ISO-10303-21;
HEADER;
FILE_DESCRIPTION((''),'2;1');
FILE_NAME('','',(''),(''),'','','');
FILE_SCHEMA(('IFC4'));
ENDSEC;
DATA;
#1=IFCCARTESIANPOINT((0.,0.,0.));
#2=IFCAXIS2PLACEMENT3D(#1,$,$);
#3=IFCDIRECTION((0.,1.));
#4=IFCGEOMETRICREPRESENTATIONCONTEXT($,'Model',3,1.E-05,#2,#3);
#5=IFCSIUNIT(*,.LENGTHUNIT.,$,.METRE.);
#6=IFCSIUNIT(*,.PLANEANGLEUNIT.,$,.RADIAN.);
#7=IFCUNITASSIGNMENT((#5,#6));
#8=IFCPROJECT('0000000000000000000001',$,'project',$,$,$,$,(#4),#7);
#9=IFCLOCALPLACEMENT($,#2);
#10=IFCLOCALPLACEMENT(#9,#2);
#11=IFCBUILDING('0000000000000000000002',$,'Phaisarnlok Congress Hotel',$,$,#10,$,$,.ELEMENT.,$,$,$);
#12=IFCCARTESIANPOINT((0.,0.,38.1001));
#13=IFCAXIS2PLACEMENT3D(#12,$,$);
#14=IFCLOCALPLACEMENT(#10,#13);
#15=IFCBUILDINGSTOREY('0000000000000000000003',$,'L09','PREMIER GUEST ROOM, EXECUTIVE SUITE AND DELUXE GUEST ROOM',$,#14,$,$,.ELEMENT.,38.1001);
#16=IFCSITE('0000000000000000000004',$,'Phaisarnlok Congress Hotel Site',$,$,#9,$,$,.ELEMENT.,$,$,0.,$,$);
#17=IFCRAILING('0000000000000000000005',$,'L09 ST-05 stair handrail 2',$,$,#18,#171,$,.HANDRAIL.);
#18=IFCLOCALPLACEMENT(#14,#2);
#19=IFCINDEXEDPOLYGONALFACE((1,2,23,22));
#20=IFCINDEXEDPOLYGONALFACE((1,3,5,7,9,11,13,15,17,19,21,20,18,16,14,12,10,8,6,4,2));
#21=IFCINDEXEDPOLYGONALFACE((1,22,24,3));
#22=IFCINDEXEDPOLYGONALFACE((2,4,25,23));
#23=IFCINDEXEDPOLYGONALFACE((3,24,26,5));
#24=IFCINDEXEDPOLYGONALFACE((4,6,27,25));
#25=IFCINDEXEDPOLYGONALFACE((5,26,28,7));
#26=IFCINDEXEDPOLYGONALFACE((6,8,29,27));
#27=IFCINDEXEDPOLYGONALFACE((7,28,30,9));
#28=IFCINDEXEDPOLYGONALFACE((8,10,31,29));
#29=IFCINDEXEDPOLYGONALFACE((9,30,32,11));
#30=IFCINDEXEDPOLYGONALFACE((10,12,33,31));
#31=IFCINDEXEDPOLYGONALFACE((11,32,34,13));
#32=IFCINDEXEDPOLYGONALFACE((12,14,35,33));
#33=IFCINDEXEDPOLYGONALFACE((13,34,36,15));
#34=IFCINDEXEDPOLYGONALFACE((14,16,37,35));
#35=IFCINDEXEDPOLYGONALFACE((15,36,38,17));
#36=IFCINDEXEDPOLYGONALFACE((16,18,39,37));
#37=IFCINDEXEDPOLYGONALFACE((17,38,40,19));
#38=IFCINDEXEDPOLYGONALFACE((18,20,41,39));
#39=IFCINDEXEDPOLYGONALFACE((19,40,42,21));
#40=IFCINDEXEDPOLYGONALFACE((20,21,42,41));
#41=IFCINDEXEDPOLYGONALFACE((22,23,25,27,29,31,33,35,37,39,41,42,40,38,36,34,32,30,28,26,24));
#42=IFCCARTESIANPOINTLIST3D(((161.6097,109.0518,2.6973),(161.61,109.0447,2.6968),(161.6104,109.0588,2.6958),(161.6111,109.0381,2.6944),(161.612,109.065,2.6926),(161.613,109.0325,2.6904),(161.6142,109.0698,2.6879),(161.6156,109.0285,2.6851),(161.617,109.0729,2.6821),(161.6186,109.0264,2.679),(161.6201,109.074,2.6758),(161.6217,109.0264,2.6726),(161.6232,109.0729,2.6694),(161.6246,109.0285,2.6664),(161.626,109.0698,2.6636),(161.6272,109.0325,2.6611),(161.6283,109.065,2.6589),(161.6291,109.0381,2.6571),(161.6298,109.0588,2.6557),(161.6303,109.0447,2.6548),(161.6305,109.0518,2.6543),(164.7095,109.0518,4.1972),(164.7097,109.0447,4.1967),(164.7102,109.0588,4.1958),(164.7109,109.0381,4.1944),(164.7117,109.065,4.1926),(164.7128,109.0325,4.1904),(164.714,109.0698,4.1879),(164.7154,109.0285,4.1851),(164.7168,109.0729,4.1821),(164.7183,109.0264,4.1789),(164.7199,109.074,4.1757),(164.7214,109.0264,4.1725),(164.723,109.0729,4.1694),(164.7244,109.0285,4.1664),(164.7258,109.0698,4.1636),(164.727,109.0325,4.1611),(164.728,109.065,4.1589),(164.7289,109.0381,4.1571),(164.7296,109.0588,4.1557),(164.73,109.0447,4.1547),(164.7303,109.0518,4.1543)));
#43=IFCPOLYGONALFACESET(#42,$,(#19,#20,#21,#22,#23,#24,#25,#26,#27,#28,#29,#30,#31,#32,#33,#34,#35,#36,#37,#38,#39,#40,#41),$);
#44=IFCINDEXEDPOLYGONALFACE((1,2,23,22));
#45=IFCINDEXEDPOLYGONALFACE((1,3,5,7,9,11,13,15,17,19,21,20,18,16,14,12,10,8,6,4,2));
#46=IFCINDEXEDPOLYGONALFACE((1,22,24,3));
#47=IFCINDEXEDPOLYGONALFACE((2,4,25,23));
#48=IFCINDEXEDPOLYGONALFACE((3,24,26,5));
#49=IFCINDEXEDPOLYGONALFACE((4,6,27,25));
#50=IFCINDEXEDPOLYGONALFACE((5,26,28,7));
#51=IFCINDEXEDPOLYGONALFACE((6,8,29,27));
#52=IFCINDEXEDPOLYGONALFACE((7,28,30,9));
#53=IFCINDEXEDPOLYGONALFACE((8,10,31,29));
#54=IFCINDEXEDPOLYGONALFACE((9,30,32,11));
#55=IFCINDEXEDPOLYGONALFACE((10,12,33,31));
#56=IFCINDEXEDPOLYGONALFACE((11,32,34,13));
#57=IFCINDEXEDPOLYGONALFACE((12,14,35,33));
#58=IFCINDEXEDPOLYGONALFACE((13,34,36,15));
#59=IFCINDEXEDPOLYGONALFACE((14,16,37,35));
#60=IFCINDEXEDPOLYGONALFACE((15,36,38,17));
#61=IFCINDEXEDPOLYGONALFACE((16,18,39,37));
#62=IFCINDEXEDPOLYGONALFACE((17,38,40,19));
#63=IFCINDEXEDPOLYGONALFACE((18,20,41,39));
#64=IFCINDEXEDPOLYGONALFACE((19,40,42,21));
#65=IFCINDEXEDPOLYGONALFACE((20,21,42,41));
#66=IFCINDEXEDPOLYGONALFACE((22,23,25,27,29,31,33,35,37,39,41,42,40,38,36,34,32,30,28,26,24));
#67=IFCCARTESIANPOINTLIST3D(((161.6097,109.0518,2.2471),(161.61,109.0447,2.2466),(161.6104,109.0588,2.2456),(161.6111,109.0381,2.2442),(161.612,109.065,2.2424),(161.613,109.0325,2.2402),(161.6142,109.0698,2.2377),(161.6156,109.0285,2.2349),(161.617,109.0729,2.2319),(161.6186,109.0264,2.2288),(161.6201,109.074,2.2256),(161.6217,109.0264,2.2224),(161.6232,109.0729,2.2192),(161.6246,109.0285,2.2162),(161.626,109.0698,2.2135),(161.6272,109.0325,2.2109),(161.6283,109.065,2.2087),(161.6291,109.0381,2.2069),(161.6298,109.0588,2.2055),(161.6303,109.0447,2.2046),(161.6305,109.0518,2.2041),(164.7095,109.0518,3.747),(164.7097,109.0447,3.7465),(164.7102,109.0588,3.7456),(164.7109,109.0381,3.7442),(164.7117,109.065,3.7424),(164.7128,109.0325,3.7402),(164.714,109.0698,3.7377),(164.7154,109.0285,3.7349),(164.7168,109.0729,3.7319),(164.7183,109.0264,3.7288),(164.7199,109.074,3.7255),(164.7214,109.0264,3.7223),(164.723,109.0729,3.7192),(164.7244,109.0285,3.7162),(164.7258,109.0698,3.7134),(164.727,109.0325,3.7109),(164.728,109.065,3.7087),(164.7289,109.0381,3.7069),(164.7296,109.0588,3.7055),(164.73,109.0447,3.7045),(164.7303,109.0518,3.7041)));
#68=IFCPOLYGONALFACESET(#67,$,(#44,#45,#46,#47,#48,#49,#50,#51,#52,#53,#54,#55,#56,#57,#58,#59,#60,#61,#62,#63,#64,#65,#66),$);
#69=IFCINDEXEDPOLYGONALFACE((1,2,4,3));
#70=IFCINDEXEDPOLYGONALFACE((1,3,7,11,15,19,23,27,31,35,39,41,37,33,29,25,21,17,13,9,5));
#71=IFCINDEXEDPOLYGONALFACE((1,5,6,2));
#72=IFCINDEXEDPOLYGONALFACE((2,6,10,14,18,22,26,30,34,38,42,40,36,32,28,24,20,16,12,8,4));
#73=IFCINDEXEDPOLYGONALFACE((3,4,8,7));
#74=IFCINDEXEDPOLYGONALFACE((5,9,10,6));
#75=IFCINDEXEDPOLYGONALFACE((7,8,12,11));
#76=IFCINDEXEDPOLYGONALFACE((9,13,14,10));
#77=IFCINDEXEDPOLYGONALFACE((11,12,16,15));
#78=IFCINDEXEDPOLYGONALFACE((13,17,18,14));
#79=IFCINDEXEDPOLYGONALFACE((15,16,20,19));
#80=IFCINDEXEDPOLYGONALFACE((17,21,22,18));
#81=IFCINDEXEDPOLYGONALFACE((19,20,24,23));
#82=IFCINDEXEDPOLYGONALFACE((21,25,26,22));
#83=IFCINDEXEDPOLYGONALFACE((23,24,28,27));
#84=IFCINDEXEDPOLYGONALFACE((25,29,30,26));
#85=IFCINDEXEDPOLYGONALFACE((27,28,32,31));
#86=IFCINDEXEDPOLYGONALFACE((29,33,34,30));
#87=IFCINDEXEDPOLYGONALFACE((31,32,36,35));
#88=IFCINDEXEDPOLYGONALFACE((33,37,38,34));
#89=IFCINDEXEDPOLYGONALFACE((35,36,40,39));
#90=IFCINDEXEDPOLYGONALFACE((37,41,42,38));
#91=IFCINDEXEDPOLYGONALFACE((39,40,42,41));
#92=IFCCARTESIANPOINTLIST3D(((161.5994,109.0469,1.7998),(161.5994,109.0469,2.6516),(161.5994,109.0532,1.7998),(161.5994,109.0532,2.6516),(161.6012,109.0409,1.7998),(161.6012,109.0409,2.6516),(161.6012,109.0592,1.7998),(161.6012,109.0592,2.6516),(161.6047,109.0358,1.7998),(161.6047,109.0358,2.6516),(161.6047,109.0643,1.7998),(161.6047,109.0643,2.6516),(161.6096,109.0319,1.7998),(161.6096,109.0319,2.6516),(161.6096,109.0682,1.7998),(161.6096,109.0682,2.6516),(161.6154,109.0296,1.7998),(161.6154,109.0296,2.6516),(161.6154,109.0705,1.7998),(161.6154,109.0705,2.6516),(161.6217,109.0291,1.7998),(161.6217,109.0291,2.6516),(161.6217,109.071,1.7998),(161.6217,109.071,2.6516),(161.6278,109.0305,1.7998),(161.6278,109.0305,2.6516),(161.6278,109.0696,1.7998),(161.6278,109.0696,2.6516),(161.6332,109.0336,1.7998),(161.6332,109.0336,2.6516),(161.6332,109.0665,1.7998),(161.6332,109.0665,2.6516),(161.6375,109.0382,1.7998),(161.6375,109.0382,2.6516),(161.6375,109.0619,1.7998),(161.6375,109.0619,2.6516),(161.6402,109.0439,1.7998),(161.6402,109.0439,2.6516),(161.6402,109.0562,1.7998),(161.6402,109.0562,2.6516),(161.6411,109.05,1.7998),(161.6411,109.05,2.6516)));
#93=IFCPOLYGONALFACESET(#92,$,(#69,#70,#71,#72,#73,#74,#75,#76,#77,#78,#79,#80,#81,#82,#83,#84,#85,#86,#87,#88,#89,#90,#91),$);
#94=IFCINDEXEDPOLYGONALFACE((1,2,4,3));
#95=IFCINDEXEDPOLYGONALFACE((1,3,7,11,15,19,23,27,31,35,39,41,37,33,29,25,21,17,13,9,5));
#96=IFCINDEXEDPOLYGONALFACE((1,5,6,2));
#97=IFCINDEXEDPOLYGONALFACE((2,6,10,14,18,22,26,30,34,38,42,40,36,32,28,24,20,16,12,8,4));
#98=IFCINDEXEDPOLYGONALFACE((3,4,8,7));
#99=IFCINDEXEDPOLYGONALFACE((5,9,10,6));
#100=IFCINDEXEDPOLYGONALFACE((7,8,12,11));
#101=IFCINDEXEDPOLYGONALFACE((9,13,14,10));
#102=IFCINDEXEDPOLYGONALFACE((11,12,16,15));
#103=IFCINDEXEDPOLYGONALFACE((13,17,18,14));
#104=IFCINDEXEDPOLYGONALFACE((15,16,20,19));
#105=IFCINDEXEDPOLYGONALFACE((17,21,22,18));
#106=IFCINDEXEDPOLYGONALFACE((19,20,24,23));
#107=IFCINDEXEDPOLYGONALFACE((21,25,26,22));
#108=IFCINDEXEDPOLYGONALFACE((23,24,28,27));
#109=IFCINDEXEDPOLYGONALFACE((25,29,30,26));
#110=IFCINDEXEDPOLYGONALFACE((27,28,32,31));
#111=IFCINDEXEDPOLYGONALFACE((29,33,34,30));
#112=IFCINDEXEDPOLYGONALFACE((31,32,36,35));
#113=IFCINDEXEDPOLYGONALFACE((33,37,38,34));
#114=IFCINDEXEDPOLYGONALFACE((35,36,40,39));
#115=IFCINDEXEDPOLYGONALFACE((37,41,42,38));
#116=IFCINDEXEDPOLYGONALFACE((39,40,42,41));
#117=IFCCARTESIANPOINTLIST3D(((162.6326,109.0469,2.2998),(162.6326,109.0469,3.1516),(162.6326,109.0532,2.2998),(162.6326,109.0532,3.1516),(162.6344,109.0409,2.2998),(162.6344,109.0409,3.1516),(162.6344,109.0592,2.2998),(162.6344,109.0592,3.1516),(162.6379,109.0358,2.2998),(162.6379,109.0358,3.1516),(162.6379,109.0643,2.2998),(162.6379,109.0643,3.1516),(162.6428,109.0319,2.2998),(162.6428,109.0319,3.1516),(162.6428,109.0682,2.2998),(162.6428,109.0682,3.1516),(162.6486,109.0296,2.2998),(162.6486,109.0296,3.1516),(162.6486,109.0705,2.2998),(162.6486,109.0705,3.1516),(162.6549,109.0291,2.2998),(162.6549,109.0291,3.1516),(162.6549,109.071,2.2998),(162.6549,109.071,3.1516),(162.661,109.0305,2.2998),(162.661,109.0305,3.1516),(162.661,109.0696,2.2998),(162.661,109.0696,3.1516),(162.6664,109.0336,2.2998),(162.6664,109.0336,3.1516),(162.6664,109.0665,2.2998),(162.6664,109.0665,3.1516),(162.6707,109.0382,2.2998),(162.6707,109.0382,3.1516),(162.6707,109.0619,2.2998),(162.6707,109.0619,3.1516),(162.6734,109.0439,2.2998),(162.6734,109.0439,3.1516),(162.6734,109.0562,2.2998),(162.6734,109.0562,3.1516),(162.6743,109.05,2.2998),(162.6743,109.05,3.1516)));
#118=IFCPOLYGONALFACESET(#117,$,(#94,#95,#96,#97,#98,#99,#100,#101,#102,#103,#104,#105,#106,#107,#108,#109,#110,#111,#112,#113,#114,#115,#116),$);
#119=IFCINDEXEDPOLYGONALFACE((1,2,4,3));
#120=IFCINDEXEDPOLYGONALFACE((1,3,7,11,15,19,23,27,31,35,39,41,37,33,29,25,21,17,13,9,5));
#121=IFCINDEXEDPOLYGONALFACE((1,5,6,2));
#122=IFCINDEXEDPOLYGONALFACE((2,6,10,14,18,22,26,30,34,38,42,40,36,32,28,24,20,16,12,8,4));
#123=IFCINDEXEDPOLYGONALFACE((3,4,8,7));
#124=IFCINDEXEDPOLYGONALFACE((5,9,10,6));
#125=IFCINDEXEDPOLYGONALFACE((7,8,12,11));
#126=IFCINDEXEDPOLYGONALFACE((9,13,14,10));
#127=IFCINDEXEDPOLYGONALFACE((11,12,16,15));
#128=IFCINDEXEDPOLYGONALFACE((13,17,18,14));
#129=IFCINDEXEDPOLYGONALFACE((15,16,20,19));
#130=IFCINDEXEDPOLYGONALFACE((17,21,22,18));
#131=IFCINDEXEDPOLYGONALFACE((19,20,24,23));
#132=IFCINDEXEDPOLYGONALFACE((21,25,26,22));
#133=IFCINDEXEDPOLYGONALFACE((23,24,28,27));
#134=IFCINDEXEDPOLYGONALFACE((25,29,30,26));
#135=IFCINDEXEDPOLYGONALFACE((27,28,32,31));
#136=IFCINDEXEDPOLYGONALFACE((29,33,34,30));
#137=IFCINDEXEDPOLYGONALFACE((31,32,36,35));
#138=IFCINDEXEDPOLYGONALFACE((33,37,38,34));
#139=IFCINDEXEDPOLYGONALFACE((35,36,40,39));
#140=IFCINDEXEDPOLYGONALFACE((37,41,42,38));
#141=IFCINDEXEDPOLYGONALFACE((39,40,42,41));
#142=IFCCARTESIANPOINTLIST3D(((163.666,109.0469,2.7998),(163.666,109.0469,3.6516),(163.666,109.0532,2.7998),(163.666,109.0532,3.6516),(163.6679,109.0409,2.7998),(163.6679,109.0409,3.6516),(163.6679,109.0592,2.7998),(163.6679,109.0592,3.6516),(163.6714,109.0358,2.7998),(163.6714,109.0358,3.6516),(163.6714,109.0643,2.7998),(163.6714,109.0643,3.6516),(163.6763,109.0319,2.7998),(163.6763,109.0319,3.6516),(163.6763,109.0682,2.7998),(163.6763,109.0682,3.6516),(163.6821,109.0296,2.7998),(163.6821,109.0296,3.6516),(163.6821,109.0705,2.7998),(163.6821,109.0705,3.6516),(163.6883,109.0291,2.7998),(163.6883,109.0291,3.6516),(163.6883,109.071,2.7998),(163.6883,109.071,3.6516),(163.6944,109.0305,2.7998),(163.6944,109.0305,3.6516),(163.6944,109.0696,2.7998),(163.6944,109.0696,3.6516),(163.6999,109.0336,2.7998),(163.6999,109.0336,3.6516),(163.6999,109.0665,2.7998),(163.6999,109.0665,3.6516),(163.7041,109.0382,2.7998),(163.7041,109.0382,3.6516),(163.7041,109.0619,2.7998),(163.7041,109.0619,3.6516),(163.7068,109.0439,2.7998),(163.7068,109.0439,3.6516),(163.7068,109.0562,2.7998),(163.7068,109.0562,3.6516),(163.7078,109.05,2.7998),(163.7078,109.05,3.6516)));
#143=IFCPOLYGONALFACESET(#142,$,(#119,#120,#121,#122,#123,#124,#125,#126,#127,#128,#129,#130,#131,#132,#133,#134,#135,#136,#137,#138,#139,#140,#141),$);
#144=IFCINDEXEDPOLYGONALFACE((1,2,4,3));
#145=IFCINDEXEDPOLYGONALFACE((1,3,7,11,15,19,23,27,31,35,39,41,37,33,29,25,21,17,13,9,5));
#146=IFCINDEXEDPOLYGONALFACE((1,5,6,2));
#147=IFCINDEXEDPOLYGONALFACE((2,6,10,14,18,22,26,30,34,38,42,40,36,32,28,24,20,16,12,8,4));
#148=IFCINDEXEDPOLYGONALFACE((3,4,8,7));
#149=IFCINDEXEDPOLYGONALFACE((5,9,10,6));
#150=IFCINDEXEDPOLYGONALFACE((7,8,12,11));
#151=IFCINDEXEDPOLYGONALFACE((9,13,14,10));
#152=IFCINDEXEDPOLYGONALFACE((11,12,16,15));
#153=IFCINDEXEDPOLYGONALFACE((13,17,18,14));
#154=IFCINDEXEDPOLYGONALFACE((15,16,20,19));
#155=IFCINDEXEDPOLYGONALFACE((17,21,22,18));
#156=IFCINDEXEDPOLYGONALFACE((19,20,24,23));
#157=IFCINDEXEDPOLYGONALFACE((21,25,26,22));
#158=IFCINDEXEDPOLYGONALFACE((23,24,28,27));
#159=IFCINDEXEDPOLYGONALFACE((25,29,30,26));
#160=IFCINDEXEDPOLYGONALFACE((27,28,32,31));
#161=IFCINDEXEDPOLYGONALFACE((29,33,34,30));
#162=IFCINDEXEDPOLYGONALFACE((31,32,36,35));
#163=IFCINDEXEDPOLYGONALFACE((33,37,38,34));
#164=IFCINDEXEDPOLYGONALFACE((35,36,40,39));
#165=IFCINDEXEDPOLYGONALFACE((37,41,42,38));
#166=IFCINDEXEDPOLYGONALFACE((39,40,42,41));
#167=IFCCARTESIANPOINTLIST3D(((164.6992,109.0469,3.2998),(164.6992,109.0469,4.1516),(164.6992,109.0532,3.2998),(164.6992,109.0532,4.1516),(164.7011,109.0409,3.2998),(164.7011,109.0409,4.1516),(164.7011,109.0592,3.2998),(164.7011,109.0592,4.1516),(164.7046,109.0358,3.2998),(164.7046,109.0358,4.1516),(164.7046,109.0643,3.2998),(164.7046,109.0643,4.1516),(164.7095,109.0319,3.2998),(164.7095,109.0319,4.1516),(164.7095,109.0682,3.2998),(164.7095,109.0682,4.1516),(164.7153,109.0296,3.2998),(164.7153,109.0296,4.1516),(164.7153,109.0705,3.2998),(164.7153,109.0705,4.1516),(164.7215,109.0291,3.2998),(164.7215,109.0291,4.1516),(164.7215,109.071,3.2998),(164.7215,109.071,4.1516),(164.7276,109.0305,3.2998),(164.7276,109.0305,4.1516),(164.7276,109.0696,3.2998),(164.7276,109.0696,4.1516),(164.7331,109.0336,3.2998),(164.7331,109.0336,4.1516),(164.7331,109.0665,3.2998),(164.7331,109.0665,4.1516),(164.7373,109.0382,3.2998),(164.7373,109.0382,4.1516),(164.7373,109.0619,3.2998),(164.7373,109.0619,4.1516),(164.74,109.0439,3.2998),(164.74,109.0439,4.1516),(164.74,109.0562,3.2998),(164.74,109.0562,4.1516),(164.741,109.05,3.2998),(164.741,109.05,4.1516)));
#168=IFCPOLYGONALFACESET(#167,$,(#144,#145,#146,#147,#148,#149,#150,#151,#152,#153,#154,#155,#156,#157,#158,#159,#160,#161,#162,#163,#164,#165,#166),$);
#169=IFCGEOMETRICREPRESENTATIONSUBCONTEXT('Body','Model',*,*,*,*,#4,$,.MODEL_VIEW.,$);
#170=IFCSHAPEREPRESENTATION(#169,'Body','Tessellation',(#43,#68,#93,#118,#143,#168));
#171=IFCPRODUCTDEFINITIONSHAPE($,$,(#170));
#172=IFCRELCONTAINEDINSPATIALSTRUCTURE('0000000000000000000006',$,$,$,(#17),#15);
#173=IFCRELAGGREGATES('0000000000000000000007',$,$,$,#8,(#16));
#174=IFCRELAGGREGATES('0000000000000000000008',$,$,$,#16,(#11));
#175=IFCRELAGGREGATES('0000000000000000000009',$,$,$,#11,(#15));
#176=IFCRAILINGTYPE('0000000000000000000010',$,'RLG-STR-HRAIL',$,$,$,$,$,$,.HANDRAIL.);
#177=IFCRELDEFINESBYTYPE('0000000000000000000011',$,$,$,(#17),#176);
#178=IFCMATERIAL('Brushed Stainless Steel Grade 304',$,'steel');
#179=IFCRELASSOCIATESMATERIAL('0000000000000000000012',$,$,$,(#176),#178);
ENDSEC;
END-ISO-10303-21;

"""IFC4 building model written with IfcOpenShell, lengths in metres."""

from ifc_helpers import new_model, si_unit, direction, frame, origin, origin_2d, place, context, subcontext, project, spatial, circle, extrude, material, type_object, element, save


model = new_model("IFC4")

# Units and contexts
model_context = context("Model", 3, precision=1e-05, world=origin(), true_north=direction((0.0, 1.0)))
body_context = subcontext(model_context, "Body", "Model", "MODEL_VIEW")
ifc_project = project(units=[si_unit("LENGTHUNIT", "METRE"), si_unit("PLANEANGLEUNIT", "RADIAN")], contexts=[model_context])

# Site, building, storey
site_placement = place(None, origin())
site = spatial("IfcSite", under=ifc_project, at=site_placement, Name="Phaisarnlok Congress Hotel Site", CompositionType="ELEMENT", RefElevation=0.0)
building_placement = place(site_placement, origin())
building = spatial("IfcBuilding", under=site, at=building_placement, Name="Phaisarnlok Congress Hotel", CompositionType="ELEMENT")
storey_placement = place(building_placement, frame((0.0, 0.0, 38.1001)))
storey = spatial("IfcBuildingStorey", under=building, at=storey_placement, Name="L09", Description="PREMIER GUEST ROOM, EXECUTIVE SUITE AND DELUXE GUEST ROOM", CompositionType="ELEMENT", Elevation=38.1001)

# Railing
ifc_material_1 = material(Name="Brushed Stainless Steel Grade 304", Category="steel")
railing_type_1 = type_object("IfcRailingType", Name="RLG-STR-HRAIL", PredefinedType="HANDRAIL", material=ifc_material_1)
railing_1_placement = place(storey_placement, frame((161.6201, 109.05, 1.7998)))
element("IfcRailing", 1, at=railing_1_placement, inside=storey, type_object=railing_type_1, Name="L09 ST-05 stair handrail 2", PredefinedType="HANDRAIL", context=body_context, shape_type="SweptSolid", body=[
    extrude(circle(Radius=0.0239, at=origin_2d()), frame((0.0, 0.0, 0.876), z_axis=(0.900151, 0.0, 0.435578), x_axis=(0.0, 1.0, 0.0)), (0.0, 0.0, 1.0), 3.4436),
    extrude(circle(Radius=0.0239, at=origin_2d()), frame((0.0, 0.0, 0.4258), z_axis=(0.900151, 0.0, 0.435578), x_axis=(0.0, 1.0, 0.0)), (0.0, 0.0, 1.0), 3.4436),
    extrude(circle(Radius=0.021, at=origin_2d()), origin(), (0.0, 0.0, 1.0), 0.8518),
    extrude(circle(Radius=0.021, at=origin_2d()), frame((1.0332, 0.0, 0.5)), (0.0, 0.0, 1.0), 0.8518),
    extrude(circle(Radius=0.021, at=origin_2d()), frame((2.0667, 0.0, 1.0)), (0.0, 0.0, 1.0), 0.8518),
    extrude(circle(Radius=0.021, at=origin_2d()), frame((3.0999, 0.0, 1.5)), (0.0, 0.0, 1.0), 0.8518),
])

save(model, "model.ifc")
